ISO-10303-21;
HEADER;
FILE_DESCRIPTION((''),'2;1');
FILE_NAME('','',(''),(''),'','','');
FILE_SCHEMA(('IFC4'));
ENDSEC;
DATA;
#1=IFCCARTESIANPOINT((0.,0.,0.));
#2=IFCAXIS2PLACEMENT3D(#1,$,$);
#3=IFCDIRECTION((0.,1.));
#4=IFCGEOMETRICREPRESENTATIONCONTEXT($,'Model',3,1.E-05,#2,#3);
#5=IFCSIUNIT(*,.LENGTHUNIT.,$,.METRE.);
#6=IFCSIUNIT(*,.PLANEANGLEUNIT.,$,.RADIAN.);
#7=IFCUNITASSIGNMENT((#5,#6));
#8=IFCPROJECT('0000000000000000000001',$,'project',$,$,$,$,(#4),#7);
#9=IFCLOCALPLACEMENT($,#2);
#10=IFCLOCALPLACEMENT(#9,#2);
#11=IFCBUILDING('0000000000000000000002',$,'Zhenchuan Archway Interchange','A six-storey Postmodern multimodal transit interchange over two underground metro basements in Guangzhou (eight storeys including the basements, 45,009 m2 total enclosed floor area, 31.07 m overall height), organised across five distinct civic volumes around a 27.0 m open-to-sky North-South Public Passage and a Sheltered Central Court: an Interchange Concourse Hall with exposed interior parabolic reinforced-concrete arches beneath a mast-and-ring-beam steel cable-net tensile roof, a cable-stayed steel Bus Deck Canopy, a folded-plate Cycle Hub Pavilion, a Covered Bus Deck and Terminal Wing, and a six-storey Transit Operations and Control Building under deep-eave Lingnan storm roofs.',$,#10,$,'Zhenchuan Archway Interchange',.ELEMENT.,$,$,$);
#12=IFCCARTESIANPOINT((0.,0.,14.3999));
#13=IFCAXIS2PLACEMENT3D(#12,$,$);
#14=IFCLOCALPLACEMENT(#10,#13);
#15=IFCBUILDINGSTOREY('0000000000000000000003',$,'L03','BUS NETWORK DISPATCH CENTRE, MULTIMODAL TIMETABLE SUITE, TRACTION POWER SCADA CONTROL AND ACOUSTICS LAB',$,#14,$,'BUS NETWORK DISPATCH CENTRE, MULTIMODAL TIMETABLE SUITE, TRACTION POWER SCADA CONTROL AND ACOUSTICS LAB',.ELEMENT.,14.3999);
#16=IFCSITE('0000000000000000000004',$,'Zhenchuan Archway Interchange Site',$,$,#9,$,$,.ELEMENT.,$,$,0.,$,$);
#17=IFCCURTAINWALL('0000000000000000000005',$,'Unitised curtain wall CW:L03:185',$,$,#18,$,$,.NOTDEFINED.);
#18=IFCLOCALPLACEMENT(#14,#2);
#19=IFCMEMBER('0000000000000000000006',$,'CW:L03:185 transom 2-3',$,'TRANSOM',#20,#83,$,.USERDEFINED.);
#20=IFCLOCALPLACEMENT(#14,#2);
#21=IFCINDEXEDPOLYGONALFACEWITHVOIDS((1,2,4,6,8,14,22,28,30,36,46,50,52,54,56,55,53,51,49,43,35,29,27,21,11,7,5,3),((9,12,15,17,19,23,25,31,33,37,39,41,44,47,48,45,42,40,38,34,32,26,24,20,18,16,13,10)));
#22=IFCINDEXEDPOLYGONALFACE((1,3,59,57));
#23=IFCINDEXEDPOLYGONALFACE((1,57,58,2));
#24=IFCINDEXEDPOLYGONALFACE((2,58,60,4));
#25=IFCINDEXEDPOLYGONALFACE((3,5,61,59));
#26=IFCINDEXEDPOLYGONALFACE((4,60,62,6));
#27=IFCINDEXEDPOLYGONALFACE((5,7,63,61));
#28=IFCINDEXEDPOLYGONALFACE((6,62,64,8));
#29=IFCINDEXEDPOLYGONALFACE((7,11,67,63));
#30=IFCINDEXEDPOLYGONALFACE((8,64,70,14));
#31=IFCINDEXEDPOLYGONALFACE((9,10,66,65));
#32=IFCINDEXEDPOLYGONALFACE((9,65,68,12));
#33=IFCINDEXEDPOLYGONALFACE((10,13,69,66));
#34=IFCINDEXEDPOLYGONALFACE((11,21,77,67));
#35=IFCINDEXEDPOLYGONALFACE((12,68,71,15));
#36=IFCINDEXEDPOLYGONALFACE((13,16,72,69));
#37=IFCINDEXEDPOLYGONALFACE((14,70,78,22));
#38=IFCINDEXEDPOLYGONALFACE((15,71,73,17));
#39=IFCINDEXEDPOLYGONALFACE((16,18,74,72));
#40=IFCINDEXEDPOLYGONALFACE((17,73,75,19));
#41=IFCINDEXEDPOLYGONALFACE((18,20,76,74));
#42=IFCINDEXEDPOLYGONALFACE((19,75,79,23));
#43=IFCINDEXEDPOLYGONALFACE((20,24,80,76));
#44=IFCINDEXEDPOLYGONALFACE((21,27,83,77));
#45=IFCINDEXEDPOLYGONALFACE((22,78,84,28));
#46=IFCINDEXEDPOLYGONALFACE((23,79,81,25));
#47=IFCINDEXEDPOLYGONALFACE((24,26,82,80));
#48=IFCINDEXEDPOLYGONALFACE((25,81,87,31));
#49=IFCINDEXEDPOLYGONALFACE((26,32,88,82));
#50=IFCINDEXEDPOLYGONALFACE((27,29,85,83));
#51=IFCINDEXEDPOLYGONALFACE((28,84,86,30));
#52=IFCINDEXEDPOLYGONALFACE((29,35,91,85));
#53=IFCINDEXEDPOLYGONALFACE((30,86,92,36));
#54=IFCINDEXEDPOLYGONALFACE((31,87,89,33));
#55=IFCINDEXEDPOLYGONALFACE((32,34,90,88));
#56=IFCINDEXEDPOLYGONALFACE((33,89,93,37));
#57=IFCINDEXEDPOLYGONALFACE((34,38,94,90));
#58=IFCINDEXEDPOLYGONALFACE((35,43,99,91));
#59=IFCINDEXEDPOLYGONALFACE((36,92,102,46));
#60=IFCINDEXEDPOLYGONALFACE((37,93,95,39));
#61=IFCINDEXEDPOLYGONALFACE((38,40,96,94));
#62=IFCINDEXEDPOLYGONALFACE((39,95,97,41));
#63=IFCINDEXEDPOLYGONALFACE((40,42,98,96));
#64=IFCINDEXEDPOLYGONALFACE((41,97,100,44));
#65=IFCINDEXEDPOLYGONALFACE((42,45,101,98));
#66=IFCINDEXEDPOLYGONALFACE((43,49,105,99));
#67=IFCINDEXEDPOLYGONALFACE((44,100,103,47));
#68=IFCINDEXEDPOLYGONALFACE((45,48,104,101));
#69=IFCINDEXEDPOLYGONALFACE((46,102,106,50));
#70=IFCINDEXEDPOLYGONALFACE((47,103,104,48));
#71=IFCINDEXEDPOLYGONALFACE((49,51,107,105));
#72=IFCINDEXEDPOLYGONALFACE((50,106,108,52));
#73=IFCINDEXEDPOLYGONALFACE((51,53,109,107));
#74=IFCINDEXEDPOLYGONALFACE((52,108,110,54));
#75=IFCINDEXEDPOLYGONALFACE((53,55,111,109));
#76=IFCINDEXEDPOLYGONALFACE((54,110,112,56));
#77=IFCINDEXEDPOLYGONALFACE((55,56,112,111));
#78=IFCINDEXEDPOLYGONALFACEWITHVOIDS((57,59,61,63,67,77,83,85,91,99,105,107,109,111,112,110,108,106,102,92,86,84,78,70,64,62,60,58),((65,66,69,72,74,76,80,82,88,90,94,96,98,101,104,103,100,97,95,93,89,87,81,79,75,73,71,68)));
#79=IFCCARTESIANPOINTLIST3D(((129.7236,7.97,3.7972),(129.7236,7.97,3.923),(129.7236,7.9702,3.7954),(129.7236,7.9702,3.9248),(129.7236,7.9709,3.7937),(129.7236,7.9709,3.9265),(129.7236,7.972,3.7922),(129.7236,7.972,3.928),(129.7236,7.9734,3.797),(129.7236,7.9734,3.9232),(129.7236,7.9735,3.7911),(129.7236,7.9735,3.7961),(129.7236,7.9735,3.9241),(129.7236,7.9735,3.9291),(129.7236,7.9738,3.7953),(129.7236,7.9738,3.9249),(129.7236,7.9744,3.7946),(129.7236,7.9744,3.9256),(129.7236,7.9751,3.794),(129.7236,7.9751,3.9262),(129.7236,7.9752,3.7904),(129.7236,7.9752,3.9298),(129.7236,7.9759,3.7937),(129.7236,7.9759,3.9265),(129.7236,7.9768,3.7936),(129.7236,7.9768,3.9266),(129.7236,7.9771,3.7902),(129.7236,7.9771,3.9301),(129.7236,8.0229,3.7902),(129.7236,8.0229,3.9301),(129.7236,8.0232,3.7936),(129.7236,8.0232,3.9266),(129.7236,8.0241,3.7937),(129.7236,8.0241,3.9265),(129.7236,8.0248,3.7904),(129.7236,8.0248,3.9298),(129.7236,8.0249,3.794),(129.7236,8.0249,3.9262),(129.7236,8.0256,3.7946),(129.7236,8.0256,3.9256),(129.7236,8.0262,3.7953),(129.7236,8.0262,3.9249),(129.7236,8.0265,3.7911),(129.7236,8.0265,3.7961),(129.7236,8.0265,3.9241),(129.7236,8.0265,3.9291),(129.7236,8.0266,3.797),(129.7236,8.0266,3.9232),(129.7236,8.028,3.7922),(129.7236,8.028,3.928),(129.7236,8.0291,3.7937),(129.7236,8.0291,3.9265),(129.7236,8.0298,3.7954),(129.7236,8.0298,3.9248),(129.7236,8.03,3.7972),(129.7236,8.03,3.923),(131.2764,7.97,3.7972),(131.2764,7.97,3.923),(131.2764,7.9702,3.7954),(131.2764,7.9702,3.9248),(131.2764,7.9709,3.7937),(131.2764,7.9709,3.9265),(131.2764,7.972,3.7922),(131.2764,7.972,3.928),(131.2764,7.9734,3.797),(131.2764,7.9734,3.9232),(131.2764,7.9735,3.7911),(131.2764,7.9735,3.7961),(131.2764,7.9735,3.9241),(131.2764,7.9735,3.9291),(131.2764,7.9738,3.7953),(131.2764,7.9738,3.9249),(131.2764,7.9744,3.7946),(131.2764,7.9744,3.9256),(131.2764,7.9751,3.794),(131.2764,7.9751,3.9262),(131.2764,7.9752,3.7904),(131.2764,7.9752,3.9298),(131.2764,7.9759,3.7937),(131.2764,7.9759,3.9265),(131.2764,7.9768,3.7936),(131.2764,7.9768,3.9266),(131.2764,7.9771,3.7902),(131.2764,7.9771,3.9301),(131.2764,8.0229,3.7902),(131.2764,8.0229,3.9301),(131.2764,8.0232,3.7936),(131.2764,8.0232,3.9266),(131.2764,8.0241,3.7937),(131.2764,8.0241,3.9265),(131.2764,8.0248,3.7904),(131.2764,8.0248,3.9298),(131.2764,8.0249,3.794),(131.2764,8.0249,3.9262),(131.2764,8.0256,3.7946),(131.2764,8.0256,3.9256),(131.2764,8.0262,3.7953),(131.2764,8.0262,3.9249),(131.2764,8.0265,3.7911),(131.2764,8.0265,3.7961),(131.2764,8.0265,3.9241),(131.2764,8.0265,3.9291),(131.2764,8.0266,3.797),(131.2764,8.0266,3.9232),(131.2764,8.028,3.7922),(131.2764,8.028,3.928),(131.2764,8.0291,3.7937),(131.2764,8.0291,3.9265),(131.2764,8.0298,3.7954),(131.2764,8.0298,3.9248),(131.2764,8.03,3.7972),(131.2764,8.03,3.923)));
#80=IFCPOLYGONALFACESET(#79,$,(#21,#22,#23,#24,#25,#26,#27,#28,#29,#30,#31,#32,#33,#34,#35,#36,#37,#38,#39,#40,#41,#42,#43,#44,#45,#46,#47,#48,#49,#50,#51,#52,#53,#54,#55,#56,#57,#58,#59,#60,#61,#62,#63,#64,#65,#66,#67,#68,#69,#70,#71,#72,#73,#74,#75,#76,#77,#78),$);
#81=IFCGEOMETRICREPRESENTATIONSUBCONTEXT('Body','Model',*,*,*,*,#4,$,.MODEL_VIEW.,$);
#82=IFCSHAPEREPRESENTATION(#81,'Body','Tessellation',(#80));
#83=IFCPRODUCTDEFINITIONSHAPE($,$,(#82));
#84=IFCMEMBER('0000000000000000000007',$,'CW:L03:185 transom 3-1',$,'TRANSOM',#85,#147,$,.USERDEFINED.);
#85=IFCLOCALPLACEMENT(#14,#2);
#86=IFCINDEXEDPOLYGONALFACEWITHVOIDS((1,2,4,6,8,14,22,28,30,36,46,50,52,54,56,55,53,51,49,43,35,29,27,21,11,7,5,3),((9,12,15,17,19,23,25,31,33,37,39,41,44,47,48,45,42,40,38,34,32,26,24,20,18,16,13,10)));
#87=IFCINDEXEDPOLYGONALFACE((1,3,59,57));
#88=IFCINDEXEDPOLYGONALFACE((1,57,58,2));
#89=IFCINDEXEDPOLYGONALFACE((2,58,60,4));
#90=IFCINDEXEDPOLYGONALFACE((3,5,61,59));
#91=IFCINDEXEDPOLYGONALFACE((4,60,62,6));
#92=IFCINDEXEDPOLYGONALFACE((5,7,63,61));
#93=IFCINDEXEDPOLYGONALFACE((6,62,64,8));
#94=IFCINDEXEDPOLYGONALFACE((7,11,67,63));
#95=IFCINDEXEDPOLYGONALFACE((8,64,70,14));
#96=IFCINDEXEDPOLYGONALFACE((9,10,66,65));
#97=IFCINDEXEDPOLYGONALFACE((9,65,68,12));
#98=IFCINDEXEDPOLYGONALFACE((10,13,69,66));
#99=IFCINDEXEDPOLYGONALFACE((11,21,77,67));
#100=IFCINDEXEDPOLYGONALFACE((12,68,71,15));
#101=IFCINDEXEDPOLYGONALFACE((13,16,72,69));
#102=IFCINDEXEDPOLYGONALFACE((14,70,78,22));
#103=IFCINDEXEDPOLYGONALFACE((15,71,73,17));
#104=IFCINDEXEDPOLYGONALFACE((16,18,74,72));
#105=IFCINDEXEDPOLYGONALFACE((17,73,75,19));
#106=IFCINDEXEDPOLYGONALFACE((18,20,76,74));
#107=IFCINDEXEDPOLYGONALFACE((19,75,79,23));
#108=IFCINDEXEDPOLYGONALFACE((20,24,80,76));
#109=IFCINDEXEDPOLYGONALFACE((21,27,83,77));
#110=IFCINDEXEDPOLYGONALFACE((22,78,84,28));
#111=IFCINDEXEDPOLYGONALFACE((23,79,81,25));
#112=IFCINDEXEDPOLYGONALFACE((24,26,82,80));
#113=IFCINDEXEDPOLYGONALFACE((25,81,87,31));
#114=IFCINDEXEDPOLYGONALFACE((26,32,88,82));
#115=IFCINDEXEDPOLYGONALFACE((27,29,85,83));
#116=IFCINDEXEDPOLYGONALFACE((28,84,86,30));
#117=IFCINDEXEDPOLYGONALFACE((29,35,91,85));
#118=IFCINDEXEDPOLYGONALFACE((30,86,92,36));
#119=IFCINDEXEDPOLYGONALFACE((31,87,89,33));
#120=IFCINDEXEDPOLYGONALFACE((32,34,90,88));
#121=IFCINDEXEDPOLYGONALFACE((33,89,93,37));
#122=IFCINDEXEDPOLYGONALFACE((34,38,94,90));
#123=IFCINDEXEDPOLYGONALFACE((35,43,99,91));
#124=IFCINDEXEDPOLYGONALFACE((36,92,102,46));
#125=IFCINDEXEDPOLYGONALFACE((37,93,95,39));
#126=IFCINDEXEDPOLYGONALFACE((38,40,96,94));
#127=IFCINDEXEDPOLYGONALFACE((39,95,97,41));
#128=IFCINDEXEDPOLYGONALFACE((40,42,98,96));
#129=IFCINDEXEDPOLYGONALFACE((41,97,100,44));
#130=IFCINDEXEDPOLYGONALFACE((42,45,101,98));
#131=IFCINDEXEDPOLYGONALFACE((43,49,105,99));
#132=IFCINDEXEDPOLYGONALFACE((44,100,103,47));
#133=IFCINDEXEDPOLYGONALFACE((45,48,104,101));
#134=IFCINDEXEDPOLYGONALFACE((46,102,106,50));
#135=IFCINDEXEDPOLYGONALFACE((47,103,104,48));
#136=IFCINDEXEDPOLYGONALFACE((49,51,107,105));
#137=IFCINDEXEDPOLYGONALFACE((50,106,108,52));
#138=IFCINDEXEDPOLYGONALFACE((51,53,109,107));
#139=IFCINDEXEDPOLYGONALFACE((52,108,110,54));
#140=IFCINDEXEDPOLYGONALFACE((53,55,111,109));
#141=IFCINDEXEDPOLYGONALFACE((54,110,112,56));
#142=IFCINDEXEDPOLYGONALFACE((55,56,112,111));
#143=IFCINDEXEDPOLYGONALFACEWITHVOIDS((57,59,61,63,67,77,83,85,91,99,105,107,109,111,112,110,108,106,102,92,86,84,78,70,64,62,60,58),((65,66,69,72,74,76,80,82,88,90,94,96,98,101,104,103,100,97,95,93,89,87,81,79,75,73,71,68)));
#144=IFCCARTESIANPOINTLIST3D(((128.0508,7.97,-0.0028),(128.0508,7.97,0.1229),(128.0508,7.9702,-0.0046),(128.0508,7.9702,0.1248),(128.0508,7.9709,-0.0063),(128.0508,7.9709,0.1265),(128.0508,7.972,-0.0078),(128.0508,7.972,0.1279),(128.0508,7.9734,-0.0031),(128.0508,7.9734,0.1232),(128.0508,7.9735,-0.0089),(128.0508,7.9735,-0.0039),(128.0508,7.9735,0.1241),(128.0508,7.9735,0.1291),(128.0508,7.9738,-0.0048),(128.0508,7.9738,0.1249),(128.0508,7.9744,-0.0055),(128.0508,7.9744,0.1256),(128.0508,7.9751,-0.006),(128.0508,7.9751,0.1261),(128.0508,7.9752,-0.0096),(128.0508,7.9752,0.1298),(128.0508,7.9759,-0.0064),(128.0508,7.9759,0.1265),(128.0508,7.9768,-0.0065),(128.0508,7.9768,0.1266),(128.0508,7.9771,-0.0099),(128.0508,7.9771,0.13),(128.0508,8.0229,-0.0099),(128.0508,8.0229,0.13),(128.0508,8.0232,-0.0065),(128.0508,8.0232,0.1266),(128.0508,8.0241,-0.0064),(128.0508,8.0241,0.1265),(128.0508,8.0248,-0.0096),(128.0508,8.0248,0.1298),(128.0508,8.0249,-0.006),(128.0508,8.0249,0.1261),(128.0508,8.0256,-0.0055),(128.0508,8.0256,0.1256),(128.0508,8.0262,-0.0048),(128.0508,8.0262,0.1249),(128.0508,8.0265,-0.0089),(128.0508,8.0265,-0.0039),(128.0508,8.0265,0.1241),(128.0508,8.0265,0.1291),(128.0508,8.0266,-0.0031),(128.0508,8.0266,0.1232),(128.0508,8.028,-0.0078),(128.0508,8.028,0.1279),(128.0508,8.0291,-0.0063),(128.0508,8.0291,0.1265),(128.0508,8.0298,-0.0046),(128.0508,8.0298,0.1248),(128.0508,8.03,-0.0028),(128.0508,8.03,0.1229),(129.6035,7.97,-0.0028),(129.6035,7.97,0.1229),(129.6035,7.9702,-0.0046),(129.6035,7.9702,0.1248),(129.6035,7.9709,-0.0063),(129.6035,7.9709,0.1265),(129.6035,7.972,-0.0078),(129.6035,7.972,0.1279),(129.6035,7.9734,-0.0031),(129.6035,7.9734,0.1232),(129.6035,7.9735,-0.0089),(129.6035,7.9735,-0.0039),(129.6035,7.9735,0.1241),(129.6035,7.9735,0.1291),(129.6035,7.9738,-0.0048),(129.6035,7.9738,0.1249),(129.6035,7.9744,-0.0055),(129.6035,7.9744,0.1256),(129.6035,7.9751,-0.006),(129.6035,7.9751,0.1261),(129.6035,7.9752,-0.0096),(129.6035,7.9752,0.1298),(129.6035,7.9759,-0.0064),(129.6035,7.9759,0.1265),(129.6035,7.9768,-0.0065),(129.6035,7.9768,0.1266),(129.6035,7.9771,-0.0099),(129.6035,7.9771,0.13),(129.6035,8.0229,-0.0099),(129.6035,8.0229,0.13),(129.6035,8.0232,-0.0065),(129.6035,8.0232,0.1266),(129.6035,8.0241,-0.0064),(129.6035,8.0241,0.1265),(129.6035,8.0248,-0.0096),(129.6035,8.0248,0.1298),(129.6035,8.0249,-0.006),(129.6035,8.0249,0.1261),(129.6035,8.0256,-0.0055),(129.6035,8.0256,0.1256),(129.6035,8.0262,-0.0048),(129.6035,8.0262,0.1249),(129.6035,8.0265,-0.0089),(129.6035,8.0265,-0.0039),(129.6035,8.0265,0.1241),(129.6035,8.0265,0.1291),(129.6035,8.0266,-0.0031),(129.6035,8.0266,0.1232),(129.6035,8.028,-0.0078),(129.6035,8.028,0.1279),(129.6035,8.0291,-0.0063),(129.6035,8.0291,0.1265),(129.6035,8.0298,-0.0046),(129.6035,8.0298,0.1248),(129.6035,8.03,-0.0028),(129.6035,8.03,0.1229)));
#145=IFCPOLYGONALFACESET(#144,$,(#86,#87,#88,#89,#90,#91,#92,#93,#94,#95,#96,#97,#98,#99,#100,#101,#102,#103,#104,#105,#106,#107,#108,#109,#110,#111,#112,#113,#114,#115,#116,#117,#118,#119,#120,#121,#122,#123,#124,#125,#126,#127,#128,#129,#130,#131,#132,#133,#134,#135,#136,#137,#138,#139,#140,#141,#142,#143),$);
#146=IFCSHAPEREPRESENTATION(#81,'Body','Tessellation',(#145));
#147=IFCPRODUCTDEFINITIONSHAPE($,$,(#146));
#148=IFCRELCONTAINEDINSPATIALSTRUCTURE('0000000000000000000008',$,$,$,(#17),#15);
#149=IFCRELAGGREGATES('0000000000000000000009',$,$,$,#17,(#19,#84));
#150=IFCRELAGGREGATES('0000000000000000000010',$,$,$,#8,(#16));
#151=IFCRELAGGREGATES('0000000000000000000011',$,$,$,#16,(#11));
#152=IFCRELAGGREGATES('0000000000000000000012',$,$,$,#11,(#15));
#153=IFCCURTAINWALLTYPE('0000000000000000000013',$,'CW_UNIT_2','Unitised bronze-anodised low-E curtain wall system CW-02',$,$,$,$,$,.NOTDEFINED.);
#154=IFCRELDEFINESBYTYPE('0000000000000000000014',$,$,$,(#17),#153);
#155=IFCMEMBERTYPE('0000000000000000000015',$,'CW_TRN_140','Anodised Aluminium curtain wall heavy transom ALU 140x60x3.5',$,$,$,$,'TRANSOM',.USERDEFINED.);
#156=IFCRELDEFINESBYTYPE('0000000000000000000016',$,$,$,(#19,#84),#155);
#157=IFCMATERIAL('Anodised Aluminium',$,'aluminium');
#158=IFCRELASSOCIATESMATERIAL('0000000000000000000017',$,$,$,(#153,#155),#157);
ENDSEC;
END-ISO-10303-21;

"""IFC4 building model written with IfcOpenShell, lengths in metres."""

from ifc_helpers import new_model, si_unit, direction, frame, origin, origin_2d, place, context, subcontext, project, spatial, hollow_rectangle, extrude, material, material_profile, profile_set, type_object, element, aggregate, save


model = new_model("IFC4")

# Units and contexts
model_context = context("Model", 3, precision=1e-05, world=origin(), true_north=direction((0.0, 1.0)))
body_context = subcontext(model_context, "Body", "Model", "MODEL_VIEW")
ifc_project = project(units=[si_unit("LENGTHUNIT", "METRE"), si_unit("PLANEANGLEUNIT", "RADIAN")], contexts=[model_context])

# Site, building, storey
site_placement = place(None, origin())
site = spatial("IfcSite", under=ifc_project, at=site_placement, Name="Zhenchuan Archway Interchange Site", CompositionType="ELEMENT", RefElevation=0.0)
building_placement = place(site_placement, origin())
building = spatial("IfcBuilding", under=site, at=building_placement, Name="Zhenchuan Archway Interchange", Description="A six-storey Postmodern multimodal transit interchange over two underground metro basements in Guangzhou (eight storeys including the basements, 45,009 m2 total enclosed floor area, 31.07 m overall height), organised across five distinct civic volumes around a 27.0 m open-to-sky North-South Public Passage and a Sheltered Central Court: an Interchange Concourse Hall with exposed interior parabolic reinforced-concrete arches beneath a mast-and-ring-beam steel cable-net tensile roof, a cable-stayed steel Bus Deck Canopy, a folded-plate Cycle Hub Pavilion, a Covered Bus Deck and Terminal Wing, and a six-storey Transit Operations and Control Building under deep-eave Lingnan storm roofs.", LongName="Zhenchuan Archway Interchange", CompositionType="ELEMENT")
storey_placement = place(building_placement, frame((0.0, 0.0, 14.3999)))
storey = spatial("IfcBuildingStorey", under=building, at=storey_placement, Name="L03", Description="BUS NETWORK DISPATCH CENTRE, MULTIMODAL TIMETABLE SUITE, TRACTION POWER SCADA CONTROL AND ACOUSTICS LAB", LongName="BUS NETWORK DISPATCH CENTRE, MULTIMODAL TIMETABLE SUITE, TRACTION POWER SCADA CONTROL AND ACOUSTICS LAB", CompositionType="ELEMENT", Elevation=14.3999)

# Curtain wall, members
ifc_material_1 = material(Name="Anodised Aluminium", Category="aluminium")
curtain_wall_type = type_object("IfcCurtainWallType", Name="CW_UNIT_2", Description="Unitised bronze-anodised low-E curtain wall system CW-02", PredefinedType="NOTDEFINED", material=ifc_material_1)
curtain_wall_placement = place(storey_placement, origin())
curtain_wall = element("IfcCurtainWall", 1, at=curtain_wall_placement, inside=storey, type_object=curtain_wall_type, Name="Unitised curtain wall CW:L03:185", PredefinedType="NOTDEFINED")
ifc_material_profile_1 = material_profile(ifc_material_1, hollow_rectangle(XDim=0.0601, YDim=0.1399, WallThickness=0.0034, InnerFilletRadius=0.0034, OuterFilletRadius=0.0071, at=origin_2d()), Name="ALU 140x60x3.5")
ifc_profile_set_1 = profile_set([ifc_material_profile_1], Name="Anodised Aluminium")
member_type_1 = type_object("IfcMemberType", Name="CW_TRN_140", Description="Anodised Aluminium curtain wall heavy transom ALU 140x60x3.5", ElementType="TRANSOM", PredefinedType="USERDEFINED", material=ifc_profile_set_1)
member_1_placement = place(storey_placement, frame((131.2764, 8.0, 3.8601), z_axis=(-1.0, 0.0, 0.0), x_axis=(0.0, -1.0, 0.0)))
member_1 = element("IfcMember", 2, at=member_1_placement, type_object=member_type_1, Name="CW:L03:185 transom 2-3", ObjectType="TRANSOM", PredefinedType="USERDEFINED", context=body_context, shape_type="SweptSolid", body=[
    extrude(hollow_rectangle(XDim=0.0601, YDim=0.1399, WallThickness=0.0034, InnerFilletRadius=0.0034, OuterFilletRadius=0.0071, at=origin_2d()), origin(), (0.0, 0.0, 1.0), 1.5527),
])
member_2_placement = place(storey_placement, frame((129.6035, 8.0, 0.0601), z_axis=(-1.0, 0.0, 0.0), x_axis=(0.0, -1.0, 0.0)))
member_2 = element("IfcMember", 3, at=member_2_placement, type_object=member_type_1, Name="CW:L03:185 transom 3-1", ObjectType="TRANSOM", PredefinedType="USERDEFINED", context=body_context, shape_type="SweptSolid", body=[
    extrude(hollow_rectangle(XDim=0.0601, YDim=0.1399, WallThickness=0.0034, InnerFilletRadius=0.0034, OuterFilletRadius=0.0071, at=origin_2d()), origin(), (0.0, 0.0, 1.0), 1.5527),
])

aggregate(curtain_wall, [member_1, member_2])

save(model, "model.ifc")
